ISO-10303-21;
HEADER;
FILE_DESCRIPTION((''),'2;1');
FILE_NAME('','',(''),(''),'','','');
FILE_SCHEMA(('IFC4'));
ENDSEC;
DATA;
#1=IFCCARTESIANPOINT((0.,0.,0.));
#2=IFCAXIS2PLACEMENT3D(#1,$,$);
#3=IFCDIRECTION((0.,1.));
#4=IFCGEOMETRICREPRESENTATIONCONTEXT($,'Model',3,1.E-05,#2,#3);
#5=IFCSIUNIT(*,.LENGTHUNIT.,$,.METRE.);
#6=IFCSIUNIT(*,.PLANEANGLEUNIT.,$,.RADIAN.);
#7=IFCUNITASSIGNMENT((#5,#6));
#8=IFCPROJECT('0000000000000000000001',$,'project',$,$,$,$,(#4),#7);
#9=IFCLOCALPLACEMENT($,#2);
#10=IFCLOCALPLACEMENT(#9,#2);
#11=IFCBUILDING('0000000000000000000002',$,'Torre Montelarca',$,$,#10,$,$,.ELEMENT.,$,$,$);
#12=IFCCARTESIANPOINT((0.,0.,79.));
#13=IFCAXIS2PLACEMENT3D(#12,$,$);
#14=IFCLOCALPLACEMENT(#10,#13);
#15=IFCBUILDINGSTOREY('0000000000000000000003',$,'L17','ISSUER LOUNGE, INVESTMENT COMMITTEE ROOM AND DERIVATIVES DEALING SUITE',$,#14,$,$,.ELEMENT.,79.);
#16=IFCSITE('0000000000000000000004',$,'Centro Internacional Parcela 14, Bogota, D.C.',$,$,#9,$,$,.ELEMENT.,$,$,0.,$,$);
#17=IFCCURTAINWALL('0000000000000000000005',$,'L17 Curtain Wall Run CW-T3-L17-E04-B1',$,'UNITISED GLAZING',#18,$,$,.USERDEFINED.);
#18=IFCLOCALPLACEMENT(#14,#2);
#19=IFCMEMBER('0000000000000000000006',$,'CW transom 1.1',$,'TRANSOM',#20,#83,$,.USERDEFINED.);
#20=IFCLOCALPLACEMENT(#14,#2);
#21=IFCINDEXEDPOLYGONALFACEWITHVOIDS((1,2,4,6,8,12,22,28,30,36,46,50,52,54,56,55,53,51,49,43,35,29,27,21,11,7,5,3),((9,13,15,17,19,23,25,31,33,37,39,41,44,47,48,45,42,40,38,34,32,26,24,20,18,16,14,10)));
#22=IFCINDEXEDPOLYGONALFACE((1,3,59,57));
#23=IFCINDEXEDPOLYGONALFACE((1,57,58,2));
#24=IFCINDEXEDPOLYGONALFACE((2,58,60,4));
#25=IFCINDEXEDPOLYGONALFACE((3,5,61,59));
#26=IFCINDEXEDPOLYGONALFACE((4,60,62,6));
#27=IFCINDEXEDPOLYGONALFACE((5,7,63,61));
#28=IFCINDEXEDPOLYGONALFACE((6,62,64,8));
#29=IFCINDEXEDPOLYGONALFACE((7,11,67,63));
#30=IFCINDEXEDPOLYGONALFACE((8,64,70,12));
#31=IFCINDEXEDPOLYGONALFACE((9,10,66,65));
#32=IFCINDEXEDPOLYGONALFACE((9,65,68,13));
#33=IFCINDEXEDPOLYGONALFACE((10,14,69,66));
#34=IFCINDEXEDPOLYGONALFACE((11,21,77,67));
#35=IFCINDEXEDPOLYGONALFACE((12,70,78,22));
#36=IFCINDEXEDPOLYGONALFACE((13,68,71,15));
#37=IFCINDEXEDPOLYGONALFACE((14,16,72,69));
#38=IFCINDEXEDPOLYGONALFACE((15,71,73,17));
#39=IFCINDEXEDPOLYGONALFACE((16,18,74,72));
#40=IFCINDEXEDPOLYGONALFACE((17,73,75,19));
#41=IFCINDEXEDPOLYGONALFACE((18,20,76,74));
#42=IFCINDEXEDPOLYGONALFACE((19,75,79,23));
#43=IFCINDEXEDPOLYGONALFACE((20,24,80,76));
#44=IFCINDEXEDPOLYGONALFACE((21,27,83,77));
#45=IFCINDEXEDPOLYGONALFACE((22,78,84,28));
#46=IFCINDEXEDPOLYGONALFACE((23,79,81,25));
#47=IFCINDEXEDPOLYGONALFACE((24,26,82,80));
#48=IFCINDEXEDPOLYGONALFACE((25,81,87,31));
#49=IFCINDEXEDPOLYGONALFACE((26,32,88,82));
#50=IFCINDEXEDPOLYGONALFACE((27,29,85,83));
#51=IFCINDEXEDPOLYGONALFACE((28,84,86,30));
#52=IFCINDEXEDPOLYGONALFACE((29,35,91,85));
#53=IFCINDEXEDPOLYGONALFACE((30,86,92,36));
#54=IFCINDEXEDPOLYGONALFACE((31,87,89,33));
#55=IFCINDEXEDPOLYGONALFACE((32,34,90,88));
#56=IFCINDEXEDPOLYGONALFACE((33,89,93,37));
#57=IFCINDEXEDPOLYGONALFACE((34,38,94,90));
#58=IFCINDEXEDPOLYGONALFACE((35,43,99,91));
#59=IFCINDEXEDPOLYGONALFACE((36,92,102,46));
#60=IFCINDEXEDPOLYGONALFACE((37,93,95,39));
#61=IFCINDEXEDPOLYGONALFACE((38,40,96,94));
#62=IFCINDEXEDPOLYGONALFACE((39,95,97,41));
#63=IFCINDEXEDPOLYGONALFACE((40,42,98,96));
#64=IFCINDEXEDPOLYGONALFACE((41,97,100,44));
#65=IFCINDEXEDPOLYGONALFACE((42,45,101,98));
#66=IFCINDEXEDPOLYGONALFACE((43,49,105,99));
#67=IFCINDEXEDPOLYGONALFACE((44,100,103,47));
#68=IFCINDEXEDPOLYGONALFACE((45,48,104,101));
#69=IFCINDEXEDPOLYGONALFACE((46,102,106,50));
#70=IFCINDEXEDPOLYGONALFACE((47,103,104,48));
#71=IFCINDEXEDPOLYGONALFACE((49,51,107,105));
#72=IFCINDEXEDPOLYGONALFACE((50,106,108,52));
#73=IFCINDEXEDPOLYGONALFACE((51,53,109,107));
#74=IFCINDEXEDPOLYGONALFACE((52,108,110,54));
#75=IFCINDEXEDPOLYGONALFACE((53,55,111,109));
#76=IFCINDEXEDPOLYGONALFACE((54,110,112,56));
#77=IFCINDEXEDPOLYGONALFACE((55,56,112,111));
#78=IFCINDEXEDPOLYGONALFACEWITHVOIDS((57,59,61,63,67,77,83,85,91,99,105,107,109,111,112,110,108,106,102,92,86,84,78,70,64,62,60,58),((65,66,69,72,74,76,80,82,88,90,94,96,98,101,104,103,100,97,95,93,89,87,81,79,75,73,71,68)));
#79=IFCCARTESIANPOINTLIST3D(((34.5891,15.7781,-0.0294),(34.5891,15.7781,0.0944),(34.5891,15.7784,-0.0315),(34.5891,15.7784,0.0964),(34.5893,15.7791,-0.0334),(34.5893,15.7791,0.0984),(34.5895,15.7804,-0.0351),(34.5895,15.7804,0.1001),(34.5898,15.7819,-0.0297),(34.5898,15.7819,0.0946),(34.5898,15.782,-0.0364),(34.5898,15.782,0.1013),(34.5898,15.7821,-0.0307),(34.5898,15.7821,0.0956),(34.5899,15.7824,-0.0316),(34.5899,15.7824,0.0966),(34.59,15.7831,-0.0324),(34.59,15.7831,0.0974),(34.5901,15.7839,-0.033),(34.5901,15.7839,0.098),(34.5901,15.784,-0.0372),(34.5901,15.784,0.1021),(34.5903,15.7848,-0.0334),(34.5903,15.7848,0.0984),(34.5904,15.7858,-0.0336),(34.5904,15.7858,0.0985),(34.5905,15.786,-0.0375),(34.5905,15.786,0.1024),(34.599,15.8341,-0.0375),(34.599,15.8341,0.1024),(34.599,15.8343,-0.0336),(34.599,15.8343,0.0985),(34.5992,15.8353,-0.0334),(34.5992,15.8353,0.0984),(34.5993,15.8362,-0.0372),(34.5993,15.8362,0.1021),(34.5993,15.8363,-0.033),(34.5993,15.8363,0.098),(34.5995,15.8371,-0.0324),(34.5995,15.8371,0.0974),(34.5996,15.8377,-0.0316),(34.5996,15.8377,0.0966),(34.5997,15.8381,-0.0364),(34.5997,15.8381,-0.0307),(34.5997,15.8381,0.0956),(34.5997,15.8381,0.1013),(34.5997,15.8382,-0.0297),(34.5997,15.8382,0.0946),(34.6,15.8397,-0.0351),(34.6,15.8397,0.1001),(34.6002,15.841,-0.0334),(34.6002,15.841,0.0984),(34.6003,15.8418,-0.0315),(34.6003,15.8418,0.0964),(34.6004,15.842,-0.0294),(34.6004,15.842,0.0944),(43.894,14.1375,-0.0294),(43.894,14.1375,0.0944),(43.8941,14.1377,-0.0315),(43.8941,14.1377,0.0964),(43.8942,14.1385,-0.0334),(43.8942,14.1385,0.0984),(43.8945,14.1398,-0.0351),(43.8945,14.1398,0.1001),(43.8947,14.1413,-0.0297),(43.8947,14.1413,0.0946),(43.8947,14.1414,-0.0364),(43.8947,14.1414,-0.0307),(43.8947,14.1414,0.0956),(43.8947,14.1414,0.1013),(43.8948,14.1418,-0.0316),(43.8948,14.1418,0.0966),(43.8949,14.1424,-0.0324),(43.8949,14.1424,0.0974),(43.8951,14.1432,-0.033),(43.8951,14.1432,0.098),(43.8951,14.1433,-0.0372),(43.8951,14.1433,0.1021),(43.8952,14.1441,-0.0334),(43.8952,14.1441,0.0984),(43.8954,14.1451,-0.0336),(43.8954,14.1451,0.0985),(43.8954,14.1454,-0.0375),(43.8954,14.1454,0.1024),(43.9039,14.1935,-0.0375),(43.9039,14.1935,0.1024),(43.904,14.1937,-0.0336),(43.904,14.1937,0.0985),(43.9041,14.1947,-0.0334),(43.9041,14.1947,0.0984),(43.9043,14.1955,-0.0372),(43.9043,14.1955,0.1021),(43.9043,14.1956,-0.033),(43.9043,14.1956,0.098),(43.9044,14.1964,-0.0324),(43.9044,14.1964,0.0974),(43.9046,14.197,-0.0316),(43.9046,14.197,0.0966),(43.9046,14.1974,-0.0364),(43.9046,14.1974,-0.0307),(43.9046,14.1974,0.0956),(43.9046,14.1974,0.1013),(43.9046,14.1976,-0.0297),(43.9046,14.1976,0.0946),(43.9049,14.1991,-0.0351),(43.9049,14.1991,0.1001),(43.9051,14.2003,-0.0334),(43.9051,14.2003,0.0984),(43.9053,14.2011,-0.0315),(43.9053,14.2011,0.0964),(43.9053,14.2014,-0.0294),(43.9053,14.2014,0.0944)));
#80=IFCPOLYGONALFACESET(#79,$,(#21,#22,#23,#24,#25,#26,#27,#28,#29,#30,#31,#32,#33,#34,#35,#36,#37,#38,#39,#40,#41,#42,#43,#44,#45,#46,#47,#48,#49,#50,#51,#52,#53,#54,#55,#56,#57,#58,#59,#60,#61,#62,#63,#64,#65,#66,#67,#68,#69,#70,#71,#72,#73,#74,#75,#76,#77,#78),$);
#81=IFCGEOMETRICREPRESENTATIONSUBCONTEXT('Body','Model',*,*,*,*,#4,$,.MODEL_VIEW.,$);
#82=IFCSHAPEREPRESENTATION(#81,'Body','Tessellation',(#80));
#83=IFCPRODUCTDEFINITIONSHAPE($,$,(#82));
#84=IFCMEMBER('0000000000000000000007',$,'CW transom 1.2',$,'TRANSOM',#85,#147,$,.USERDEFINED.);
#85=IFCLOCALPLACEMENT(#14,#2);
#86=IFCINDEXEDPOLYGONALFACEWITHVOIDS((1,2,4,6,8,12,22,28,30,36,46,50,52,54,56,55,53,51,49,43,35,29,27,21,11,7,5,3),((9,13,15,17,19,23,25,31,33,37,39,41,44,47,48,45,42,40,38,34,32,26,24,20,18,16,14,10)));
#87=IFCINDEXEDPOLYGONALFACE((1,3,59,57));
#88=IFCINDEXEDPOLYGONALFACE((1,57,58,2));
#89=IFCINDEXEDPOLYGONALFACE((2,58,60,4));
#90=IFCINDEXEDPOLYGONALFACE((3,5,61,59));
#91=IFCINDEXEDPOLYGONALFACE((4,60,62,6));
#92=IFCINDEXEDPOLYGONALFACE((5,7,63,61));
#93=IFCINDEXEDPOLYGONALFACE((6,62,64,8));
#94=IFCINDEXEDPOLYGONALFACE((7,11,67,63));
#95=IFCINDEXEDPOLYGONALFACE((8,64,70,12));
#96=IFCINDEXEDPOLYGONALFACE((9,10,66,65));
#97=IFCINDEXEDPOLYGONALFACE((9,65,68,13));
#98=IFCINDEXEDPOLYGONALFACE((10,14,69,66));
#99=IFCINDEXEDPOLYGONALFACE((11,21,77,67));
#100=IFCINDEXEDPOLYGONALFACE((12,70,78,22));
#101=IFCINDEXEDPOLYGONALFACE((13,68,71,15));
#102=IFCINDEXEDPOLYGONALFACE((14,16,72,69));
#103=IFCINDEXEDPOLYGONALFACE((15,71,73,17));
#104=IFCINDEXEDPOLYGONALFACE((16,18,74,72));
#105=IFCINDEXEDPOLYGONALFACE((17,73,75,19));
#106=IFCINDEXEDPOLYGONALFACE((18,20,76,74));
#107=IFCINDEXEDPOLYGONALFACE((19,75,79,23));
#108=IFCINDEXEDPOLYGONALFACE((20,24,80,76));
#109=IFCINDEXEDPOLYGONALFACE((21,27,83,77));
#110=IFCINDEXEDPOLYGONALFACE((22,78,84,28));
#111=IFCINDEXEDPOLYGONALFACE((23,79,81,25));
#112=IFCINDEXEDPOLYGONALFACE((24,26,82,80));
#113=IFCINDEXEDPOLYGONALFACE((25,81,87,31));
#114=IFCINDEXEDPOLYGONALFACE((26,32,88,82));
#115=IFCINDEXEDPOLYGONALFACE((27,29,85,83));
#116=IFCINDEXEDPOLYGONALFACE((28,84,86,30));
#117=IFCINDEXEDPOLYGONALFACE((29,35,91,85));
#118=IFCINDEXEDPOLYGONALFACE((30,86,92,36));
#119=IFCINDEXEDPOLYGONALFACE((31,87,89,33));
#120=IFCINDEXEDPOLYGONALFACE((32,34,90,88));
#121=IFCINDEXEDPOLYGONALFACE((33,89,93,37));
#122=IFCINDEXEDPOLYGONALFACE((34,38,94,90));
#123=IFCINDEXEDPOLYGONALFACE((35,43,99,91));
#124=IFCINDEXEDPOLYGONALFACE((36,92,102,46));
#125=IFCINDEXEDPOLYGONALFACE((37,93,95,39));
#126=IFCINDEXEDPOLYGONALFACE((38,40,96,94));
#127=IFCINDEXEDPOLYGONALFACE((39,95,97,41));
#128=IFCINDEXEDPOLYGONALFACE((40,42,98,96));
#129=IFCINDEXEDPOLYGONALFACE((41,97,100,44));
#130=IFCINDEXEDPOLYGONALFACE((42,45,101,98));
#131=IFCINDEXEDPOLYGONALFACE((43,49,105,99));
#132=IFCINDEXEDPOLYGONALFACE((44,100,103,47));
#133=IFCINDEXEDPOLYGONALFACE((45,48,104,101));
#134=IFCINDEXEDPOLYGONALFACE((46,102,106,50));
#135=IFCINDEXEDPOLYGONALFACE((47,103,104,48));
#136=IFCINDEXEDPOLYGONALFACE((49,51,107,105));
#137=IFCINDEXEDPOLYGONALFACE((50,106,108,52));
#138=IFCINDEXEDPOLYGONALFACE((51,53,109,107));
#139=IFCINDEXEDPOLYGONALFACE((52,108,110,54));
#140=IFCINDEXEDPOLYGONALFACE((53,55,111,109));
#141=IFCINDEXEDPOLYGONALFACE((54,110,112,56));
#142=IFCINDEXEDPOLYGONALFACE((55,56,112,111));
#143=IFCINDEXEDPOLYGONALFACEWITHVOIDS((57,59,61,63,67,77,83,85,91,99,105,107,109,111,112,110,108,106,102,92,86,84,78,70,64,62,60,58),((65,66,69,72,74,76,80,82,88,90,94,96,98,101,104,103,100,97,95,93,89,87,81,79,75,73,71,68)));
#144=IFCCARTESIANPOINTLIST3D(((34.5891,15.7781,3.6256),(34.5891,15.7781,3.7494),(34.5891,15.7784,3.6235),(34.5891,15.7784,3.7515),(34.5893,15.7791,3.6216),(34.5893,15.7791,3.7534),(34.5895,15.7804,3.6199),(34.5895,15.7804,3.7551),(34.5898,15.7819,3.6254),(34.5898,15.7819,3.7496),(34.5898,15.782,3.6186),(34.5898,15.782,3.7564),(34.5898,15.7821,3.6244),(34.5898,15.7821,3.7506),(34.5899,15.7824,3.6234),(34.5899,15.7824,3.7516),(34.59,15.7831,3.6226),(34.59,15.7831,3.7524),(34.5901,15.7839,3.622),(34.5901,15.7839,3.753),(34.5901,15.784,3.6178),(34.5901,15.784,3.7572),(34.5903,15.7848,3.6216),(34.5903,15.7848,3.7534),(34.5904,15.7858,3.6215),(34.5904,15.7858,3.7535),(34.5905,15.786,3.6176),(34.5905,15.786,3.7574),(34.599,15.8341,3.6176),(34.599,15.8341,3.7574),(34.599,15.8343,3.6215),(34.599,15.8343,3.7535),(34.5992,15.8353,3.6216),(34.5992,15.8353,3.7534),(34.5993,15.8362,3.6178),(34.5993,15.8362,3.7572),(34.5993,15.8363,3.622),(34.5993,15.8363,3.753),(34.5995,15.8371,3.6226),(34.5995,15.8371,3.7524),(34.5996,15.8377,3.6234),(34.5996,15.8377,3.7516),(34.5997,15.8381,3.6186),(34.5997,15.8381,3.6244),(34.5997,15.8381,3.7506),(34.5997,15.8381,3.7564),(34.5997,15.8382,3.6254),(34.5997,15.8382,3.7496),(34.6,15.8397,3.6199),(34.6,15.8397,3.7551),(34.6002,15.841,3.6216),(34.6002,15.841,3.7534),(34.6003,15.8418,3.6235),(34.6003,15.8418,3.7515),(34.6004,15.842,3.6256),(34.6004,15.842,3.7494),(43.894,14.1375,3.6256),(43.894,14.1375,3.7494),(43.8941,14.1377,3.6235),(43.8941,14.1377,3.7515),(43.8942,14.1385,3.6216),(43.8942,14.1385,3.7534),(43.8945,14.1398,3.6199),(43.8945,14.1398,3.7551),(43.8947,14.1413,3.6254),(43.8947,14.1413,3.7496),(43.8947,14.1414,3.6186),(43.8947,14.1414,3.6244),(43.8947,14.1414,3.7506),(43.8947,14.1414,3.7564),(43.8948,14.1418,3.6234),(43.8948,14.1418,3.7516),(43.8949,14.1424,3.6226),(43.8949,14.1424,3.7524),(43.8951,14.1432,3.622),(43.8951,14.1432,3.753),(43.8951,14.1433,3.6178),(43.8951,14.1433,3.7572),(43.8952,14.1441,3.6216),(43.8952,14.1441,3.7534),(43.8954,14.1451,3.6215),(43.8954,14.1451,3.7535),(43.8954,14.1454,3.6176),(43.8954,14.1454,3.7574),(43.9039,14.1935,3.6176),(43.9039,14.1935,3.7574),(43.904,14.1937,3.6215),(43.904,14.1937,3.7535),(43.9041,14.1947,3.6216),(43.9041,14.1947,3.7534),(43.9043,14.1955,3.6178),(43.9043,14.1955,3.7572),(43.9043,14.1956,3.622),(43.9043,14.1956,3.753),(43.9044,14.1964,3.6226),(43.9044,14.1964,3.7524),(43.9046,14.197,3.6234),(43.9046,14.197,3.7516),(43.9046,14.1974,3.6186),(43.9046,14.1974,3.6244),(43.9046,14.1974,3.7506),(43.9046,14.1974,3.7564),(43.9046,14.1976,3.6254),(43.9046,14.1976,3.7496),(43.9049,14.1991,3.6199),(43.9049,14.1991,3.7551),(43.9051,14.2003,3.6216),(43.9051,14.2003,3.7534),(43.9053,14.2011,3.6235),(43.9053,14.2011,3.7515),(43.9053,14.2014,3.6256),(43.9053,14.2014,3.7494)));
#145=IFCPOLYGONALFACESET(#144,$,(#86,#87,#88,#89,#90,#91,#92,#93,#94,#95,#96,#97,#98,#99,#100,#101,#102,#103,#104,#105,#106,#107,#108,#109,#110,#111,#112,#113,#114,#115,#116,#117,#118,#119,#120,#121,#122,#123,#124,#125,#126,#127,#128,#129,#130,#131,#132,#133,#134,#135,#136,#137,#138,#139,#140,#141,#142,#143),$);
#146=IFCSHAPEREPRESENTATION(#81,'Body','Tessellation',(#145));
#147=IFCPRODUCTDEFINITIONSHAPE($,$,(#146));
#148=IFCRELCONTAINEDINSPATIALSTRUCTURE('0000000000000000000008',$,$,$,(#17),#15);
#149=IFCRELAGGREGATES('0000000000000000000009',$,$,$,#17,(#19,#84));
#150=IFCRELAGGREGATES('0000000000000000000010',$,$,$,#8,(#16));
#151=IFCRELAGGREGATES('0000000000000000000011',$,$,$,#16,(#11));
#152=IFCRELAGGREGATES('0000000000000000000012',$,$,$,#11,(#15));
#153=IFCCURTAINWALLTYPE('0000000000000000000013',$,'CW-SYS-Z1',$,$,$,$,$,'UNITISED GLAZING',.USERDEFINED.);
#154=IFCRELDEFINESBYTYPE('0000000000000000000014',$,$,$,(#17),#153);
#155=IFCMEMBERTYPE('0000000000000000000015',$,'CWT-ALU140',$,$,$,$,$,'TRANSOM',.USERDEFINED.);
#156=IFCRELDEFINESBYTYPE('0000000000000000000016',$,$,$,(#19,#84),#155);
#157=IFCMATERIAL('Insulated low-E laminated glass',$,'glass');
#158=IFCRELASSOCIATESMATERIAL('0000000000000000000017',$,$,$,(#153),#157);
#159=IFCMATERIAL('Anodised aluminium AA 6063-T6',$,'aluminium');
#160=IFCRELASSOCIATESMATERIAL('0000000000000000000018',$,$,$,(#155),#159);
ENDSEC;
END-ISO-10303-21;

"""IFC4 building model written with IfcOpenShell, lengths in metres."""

from ifc_helpers import new_model, si_unit, direction, frame, origin, origin_2d, place, context, subcontext, project, spatial, hollow_rectangle, extrude, source, transform, mapped, material, material_profile, profile_set, type_object, element, aggregate, save


model = new_model("IFC4")

# Units and contexts
model_context = context("Model", 3, precision=1e-05, world=origin(), true_north=direction((0.0, 1.0)))
body_context = subcontext(model_context, "Body", "Model", "MODEL_VIEW")
ifc_project = project(units=[si_unit("LENGTHUNIT", "METRE"), si_unit("PLANEANGLEUNIT", "RADIAN")], contexts=[model_context])

# Site, building, storey
site_placement = place(None, origin())
site = spatial("IfcSite", under=ifc_project, at=site_placement, Name="Centro Internacional Parcela 14, Bogota, D.C.", CompositionType="ELEMENT", RefElevation=0.0)
building_placement = place(site_placement, origin())
building = spatial("IfcBuilding", under=site, at=building_placement, Name="Torre Montelarca", CompositionType="ELEMENT")
storey_placement = place(building_placement, frame((0.0, 0.0, 79.0)))
storey = spatial("IfcBuildingStorey", under=building, at=storey_placement, Name="L17", Description="ISSUER LOUNGE, INVESTMENT COMMITTEE ROOM AND DERIVATIVES DEALING SUITE", CompositionType="ELEMENT", Elevation=79.0)

# Curtain wall, members
ifc_material_1 = material(Name="Insulated low-E laminated glass", Category="glass")
curtain_wall_type = type_object("IfcCurtainWallType", Name="CW-SYS-Z1", ElementType="UNITISED GLAZING", PredefinedType="USERDEFINED", material=ifc_material_1)
ifc_material_2 = material(Name="Anodised aluminium AA 6063-T6", Category="aluminium")
ifc_material_profile_1 = material_profile(ifc_material_2, hollow_rectangle(XDim=0.0649, YDim=0.1399, WallThickness=0.0039, InnerFilletRadius=0.0039, OuterFilletRadius=0.0081, at=origin_2d()), Name="ALU65X140X4", Category="aluminium")
ifc_profile_set_1 = profile_set([ifc_material_profile_1], Name="Anodised aluminium AA 6063-T6")
member_type_1 = type_object("IfcMemberType", Name="CWT-ALU140", ElementType="TRANSOM", PredefinedType="USERDEFINED", material=ifc_profile_set_1)
curtain_wall_1_placement = place(storey_placement, origin())
curtain_wall_1 = element("IfcCurtainWall", 1, at=curtain_wall_1_placement, inside=storey, type_object=curtain_wall_type, Name="L17 Curtain Wall Run CW-T3-L17-E04-B1", ObjectType="UNITISED GLAZING", PredefinedType="USERDEFINED")
shared_shape_1 = source(origin(), body_context, "Body", "SweptSolid", [
    extrude(hollow_rectangle(XDim=0.0649, YDim=0.1399, WallThickness=0.0039, InnerFilletRadius=0.0039, OuterFilletRadius=0.0081, at=origin_2d()), origin(), (0.0, 0.0, 1.0), 9.4485),
])
member_1_placement = place(storey_placement, frame((34.5947, 15.8101, 0.0325), z_axis=(0.984809, -0.173639, 0.0), x_axis=(0.173639, 0.984809, 0.0)))
member_1 = element("IfcMember", 2, at=member_1_placement, type_object=member_type_1, Name="CW transom 1.1", ObjectType="TRANSOM", PredefinedType="USERDEFINED", context=body_context, shape_type="MappedRepresentation", body=[
    mapped(shared_shape_1, transform((0.0, 0.0, 0.0), scale=1.0)),
])
member_2_placement = place(storey_placement, frame((34.5947, 15.8101, 3.6875), z_axis=(0.984809, -0.173639, 0.0), x_axis=(0.173639, 0.984809, 0.0)))
member_2 = element("IfcMember", 3, at=member_2_placement, type_object=member_type_1, Name="CW transom 1.2", ObjectType="TRANSOM", PredefinedType="USERDEFINED", context=body_context, shape_type="MappedRepresentation", body=[
    mapped(shared_shape_1, transform((0.0, 0.0, 0.0), scale=1.0)),
])

aggregate(curtain_wall_1, [member_1, member_2])

save(model, "model.ifc")
